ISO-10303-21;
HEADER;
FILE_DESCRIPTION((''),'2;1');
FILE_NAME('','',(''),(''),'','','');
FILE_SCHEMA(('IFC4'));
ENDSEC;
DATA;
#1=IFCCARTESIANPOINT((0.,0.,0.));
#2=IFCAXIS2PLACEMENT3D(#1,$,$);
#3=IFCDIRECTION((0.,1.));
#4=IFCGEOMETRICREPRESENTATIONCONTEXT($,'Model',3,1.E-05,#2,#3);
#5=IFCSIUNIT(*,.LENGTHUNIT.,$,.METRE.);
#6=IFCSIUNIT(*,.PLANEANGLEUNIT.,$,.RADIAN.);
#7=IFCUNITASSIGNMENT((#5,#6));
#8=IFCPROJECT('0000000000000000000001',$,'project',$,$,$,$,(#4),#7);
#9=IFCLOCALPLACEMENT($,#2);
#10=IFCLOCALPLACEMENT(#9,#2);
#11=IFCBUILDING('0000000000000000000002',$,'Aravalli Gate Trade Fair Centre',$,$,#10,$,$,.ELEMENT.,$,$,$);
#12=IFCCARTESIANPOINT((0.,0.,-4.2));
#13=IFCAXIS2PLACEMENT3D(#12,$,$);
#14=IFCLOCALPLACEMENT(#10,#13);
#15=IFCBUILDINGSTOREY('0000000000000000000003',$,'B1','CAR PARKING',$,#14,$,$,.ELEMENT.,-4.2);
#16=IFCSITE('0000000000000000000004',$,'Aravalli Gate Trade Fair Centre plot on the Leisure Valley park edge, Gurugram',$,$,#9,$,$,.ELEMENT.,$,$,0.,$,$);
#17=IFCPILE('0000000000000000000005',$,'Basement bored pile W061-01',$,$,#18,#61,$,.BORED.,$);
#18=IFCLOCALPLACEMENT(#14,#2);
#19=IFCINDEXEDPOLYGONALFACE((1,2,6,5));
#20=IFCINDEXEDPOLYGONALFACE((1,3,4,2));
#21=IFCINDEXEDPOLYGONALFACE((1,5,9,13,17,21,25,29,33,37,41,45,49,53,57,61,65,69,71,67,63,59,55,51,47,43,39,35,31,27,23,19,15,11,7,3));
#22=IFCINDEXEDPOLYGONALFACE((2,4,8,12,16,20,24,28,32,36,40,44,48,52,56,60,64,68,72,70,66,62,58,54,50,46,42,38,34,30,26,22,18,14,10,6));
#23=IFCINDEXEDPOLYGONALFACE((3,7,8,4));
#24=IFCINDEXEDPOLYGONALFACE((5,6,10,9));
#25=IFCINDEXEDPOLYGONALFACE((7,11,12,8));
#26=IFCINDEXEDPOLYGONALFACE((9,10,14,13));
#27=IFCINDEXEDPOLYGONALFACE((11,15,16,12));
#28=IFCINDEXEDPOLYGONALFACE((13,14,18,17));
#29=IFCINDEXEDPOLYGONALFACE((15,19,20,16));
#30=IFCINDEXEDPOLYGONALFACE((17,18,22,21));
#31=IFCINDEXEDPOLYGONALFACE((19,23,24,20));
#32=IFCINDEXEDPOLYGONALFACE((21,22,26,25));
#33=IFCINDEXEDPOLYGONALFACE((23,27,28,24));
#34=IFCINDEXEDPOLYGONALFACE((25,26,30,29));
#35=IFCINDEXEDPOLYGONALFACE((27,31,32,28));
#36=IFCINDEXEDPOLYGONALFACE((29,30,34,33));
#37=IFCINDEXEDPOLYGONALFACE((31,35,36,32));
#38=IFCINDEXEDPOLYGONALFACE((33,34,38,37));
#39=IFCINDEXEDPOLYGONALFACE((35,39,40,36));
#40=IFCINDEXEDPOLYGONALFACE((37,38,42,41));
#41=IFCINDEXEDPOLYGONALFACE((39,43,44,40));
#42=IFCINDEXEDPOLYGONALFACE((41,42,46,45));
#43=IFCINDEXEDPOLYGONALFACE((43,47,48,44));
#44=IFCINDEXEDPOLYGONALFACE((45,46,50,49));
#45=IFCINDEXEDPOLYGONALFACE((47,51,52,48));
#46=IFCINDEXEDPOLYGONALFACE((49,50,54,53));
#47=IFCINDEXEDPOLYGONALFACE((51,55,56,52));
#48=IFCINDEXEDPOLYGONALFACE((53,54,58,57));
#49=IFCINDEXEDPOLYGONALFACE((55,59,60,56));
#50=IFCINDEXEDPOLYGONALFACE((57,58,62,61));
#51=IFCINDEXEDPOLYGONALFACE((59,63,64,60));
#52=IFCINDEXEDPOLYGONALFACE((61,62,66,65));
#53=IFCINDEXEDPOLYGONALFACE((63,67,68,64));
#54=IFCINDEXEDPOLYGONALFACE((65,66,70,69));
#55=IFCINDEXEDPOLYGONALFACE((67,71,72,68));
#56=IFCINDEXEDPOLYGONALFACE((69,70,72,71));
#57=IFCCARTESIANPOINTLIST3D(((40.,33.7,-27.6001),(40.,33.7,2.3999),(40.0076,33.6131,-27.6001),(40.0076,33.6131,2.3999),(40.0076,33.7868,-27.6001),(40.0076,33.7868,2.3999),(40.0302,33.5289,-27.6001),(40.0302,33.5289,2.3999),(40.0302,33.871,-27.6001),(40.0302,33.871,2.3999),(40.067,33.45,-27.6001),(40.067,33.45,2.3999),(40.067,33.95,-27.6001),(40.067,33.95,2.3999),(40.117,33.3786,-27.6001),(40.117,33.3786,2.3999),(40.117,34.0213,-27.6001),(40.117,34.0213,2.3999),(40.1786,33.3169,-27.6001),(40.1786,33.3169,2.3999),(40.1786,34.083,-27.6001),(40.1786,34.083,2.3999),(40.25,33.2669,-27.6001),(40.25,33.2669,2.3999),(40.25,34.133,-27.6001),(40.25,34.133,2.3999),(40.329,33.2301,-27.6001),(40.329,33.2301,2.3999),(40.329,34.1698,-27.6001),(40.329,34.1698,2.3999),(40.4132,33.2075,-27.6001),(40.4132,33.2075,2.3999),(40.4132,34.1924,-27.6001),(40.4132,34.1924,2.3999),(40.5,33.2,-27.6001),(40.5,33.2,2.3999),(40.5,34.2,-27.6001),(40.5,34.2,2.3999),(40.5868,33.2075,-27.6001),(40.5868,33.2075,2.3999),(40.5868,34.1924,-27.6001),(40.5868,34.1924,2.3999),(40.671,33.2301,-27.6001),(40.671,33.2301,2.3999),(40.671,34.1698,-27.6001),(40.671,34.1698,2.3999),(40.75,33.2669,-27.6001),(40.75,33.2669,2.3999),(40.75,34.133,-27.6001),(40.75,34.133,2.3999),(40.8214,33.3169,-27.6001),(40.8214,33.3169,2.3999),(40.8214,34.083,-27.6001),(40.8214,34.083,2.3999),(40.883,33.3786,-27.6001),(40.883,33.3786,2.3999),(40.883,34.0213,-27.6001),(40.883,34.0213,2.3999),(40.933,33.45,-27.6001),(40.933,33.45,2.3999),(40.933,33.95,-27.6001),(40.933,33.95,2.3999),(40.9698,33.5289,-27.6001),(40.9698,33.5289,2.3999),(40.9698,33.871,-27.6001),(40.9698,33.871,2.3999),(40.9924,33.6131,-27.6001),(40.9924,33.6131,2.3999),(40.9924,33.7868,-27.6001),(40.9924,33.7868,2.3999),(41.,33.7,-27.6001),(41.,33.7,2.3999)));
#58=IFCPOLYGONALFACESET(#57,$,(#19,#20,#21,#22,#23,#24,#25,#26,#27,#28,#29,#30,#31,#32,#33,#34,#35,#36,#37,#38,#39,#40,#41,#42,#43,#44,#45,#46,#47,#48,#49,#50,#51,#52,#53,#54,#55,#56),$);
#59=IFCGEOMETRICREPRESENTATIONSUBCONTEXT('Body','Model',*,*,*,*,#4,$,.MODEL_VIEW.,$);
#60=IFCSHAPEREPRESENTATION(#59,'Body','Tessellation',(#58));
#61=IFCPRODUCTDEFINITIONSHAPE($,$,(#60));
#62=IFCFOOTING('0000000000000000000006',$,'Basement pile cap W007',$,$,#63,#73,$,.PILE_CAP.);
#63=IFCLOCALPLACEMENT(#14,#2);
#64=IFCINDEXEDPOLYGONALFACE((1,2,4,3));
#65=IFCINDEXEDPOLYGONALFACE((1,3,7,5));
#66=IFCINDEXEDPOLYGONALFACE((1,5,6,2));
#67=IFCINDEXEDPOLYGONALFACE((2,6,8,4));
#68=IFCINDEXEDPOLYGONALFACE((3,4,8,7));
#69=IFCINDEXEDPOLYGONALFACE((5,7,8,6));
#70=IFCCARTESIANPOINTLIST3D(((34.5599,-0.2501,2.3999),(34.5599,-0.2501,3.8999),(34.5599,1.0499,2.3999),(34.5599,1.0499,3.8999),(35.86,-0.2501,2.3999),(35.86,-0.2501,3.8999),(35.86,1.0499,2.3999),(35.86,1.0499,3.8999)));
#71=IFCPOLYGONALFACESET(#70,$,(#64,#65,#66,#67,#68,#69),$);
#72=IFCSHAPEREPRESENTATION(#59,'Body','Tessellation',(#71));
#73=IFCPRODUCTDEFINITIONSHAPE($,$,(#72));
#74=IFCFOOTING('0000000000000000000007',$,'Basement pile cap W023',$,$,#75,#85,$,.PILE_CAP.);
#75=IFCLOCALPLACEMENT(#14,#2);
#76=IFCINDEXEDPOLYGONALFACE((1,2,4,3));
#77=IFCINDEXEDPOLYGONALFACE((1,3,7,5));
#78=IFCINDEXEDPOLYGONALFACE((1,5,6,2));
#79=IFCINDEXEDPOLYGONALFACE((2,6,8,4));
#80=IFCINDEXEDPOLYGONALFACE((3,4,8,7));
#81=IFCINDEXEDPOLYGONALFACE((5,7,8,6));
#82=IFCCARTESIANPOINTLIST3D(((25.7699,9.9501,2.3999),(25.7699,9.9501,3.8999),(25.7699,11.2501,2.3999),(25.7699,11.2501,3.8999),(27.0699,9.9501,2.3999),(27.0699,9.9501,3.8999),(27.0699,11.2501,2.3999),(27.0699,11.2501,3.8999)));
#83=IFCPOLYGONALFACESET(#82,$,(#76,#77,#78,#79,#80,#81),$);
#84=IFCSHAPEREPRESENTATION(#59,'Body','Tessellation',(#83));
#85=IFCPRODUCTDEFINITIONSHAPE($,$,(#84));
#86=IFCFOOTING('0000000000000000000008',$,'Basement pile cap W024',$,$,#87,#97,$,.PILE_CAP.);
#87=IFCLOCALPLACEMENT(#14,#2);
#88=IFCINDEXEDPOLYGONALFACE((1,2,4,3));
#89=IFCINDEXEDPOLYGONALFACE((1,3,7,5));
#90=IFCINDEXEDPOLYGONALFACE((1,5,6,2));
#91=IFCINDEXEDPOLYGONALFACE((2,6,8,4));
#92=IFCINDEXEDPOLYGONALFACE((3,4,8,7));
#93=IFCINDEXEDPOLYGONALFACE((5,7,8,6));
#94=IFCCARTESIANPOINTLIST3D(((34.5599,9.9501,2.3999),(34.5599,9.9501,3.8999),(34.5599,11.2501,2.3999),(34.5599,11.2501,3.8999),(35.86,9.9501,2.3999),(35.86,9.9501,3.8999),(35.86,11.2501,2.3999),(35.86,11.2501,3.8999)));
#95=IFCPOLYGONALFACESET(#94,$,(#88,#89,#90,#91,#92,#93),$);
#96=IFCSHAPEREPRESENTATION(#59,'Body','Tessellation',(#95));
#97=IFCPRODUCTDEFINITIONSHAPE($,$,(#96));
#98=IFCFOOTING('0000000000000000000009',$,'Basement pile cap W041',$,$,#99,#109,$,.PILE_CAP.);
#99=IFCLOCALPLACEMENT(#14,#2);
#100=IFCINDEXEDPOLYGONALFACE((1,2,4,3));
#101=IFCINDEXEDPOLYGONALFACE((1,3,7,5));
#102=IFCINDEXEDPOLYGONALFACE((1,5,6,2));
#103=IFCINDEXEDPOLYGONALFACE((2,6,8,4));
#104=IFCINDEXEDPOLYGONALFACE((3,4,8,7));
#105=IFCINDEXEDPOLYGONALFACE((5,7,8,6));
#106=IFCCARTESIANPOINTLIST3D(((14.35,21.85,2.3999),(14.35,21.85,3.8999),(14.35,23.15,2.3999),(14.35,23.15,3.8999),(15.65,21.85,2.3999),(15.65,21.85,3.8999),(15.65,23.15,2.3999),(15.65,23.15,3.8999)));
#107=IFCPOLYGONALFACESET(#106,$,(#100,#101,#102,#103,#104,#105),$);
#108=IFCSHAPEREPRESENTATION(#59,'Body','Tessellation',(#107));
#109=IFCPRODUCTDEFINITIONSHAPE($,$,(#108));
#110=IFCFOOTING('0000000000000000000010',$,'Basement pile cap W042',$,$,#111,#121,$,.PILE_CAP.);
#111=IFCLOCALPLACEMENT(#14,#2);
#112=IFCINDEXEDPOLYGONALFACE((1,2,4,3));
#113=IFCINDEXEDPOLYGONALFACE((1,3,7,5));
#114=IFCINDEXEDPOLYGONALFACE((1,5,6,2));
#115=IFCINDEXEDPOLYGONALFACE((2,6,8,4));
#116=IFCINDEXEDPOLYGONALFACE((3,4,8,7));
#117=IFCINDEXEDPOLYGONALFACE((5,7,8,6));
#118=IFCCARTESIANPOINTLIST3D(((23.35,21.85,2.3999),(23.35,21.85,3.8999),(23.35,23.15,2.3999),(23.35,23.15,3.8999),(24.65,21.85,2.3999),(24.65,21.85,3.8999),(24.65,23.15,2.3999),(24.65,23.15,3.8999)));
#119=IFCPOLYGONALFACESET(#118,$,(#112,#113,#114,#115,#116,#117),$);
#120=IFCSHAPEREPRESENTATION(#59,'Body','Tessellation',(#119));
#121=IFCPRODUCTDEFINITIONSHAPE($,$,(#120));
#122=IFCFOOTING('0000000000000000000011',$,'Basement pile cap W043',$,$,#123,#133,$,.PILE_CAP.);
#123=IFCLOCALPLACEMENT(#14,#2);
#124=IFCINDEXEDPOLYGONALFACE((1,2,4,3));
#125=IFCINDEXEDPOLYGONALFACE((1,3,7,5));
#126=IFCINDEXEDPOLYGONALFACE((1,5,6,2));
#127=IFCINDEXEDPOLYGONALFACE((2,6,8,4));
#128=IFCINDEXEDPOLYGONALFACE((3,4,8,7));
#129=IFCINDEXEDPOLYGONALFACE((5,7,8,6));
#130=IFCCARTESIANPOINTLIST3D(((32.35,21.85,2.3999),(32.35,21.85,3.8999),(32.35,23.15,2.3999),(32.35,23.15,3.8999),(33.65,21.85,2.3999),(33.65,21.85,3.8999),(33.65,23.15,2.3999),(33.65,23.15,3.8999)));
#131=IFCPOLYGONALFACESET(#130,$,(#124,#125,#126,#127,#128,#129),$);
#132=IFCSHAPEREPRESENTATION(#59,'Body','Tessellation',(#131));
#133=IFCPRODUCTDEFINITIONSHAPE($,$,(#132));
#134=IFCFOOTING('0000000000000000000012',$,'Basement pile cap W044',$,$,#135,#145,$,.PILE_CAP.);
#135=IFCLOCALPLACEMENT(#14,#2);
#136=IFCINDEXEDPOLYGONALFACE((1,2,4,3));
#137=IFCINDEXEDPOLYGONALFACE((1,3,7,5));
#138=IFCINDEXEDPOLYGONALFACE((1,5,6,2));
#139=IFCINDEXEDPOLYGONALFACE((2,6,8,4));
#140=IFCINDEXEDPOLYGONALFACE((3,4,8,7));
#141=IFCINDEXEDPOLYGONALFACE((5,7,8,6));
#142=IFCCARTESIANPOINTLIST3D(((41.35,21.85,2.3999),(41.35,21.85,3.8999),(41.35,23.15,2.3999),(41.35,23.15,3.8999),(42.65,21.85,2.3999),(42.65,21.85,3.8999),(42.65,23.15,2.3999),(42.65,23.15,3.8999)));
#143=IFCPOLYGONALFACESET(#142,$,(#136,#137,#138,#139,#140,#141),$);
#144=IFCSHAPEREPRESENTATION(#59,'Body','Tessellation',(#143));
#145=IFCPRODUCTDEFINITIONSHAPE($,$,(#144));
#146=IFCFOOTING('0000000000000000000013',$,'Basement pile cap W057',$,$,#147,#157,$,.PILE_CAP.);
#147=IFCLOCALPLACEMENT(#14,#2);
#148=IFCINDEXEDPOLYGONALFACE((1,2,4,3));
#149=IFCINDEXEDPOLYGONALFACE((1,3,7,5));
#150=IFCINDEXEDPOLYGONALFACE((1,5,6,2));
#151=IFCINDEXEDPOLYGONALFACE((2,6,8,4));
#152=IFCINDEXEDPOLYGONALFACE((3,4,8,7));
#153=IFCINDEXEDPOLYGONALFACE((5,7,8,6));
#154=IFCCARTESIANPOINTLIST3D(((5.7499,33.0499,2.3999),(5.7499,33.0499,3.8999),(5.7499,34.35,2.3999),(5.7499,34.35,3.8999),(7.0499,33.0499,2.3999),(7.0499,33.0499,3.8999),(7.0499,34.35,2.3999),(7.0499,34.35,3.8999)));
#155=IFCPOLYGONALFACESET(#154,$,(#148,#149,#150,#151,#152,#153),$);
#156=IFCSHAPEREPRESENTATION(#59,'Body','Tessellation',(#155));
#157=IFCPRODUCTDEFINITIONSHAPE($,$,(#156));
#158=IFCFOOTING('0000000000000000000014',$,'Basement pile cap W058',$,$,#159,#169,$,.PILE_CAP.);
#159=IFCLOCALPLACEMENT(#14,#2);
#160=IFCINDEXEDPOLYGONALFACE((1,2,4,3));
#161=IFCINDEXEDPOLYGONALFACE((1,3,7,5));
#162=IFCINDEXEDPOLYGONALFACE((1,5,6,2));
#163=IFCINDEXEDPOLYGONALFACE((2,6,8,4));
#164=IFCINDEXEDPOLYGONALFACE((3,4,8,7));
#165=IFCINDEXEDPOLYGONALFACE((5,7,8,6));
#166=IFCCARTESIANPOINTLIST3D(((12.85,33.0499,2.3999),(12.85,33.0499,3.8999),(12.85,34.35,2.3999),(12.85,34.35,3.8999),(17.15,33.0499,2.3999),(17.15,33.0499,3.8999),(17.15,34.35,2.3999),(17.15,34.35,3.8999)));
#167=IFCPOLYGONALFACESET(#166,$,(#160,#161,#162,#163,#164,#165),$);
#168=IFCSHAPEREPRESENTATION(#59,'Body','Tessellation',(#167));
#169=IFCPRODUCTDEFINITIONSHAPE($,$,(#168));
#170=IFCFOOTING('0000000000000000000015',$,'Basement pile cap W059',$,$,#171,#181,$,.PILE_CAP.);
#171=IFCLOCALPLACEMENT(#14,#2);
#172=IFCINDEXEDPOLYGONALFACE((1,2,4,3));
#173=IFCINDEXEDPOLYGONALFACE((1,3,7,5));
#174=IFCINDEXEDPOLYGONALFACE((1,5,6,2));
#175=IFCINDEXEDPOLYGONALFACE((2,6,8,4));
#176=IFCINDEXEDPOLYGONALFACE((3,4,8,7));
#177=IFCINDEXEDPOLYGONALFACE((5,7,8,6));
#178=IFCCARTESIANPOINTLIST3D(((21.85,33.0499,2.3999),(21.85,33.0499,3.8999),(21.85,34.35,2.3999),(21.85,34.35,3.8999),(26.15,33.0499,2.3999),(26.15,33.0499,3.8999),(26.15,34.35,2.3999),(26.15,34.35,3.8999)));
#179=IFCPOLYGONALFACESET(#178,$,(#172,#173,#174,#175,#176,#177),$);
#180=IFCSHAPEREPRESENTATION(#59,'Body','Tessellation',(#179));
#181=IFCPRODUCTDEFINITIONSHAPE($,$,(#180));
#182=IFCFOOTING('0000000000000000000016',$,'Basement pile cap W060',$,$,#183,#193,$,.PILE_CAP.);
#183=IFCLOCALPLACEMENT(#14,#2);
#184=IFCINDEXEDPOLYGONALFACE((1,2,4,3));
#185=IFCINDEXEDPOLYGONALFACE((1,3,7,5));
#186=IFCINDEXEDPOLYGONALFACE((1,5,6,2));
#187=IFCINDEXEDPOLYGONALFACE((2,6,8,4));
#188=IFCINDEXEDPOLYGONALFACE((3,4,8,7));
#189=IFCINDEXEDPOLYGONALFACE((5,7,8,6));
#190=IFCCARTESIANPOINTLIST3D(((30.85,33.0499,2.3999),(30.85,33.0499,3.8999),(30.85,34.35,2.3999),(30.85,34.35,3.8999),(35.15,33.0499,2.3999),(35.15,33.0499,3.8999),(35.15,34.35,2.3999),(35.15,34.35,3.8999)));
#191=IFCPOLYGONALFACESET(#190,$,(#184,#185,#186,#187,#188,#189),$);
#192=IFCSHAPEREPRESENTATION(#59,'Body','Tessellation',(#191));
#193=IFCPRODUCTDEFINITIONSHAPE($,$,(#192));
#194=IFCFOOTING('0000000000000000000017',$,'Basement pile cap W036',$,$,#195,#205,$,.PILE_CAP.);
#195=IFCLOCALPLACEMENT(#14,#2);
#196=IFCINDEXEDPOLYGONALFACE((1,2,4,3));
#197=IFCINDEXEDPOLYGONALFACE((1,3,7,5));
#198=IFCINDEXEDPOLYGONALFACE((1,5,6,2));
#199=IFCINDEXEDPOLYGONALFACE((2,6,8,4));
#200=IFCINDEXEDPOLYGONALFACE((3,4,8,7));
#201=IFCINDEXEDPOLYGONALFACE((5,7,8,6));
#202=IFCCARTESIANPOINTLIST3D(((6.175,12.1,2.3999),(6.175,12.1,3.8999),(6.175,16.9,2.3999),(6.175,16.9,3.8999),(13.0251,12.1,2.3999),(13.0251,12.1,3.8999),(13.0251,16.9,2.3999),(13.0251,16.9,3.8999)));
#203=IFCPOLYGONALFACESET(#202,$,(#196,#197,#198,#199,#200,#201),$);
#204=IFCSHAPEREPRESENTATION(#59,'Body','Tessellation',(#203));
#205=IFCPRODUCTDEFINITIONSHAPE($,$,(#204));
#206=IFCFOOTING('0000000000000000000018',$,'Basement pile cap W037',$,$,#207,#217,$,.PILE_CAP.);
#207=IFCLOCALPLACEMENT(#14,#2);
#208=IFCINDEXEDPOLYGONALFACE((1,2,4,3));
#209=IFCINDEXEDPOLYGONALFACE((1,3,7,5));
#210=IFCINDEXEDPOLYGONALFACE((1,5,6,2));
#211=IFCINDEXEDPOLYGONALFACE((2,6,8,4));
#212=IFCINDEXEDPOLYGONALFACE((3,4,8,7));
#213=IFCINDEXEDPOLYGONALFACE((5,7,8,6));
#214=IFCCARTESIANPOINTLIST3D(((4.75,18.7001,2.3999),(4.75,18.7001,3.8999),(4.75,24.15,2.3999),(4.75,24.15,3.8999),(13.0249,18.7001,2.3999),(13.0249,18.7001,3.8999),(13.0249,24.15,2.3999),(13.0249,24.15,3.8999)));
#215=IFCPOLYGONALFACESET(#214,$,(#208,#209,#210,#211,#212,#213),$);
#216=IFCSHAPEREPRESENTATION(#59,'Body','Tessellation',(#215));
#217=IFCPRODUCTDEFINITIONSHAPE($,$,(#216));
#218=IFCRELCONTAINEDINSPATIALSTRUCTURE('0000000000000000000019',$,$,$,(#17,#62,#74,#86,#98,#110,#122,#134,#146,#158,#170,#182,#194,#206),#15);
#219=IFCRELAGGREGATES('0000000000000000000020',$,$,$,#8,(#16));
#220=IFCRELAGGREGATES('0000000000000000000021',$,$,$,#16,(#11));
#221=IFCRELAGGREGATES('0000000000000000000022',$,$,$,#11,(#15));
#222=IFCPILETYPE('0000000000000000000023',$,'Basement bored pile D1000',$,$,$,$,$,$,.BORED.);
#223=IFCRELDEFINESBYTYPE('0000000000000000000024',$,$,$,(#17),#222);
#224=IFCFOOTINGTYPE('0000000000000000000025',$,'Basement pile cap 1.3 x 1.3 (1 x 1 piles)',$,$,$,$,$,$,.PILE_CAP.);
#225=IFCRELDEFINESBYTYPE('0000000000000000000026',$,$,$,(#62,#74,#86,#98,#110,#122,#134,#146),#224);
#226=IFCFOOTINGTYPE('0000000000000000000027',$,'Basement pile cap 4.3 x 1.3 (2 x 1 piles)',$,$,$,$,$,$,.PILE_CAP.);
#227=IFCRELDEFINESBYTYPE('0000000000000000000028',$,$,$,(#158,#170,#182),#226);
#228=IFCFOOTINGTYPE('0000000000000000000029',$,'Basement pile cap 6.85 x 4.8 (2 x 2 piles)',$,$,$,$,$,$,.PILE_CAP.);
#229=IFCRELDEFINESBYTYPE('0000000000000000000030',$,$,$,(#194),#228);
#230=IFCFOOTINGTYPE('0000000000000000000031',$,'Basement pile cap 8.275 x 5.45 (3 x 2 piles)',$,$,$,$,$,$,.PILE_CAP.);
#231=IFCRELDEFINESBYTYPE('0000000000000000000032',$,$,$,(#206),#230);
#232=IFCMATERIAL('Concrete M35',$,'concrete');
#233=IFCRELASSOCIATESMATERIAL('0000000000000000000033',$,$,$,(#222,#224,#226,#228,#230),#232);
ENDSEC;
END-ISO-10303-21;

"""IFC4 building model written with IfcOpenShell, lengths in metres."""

from ifc_helpers import new_model, si_unit, direction, frame, origin, origin_2d, place, context, subcontext, project, spatial, rectangle, circle, extrude, material, material_profile, profile_set, type_object, element, save


model = new_model("IFC4")

# Units and contexts
model_context = context("Model", 3, precision=1e-05, world=origin(), true_north=direction((0.0, 1.0)))
body_context = subcontext(model_context, "Body", "Model", "MODEL_VIEW")
ifc_project = project(units=[si_unit("LENGTHUNIT", "METRE"), si_unit("PLANEANGLEUNIT", "RADIAN")], contexts=[model_context])

# Site, building, storey
site_placement = place(None, origin())
site = spatial("IfcSite", under=ifc_project, at=site_placement, Name="Aravalli Gate Trade Fair Centre plot on the Leisure Valley park edge, Gurugram", CompositionType="ELEMENT", RefElevation=0.0)
building_placement = place(site_placement, origin())
building = spatial("IfcBuilding", under=site, at=building_placement, Name="Aravalli Gate Trade Fair Centre", CompositionType="ELEMENT")
storey_placement = place(building_placement, frame((0.0, 0.0, -4.2)))
storey = spatial("IfcBuildingStorey", under=building, at=storey_placement, Name="B1", Description="CAR PARKING", CompositionType="ELEMENT", Elevation=-4.2)

# Pile
ifc_material = material(Name="Concrete M35", Category="concrete")
ifc_material_profile = material_profile(ifc_material, circle(Radius=0.5, at=origin_2d()), Name="D1000")
ifc_profile_set = profile_set([ifc_material_profile], Name="Concrete M35")
pile_type = type_object("IfcPileType", Name="Basement bored pile D1000", PredefinedType="BORED", material=ifc_profile_set)
for number, where, z_axis, x_axis, name in (
    (1, (40.5, 33.7, 2.3999), (0.0, 0.0, -1.0), (1.0, 0.0, 0.0), "Basement bored pile W061-01"),
):
    element("IfcPile", number, at=place(storey_placement, frame(where, z_axis=z_axis, x_axis=x_axis)), inside=storey, type_object=pile_type, Name=name, PredefinedType="BORED", context=body_context, shape_type="SweptSolid", body=[
        extrude(circle(Radius=0.5, at=origin_2d()), origin(), (0.0, 0.0, 1.0), 30.0),
    ])

# Footings
footing_type_1 = type_object("IfcFootingType", Name="Basement pile cap 1.3 x 1.3 (1 x 1 piles)", PredefinedType="PILE_CAP", material=ifc_material)
for number, where, z_axis, x_axis, name in (
    (2, (35.21, 0.3999, 2.3999), (0.0, 0.0, 1.0), (1.0, 0.0, 0.0), "Basement pile cap W007"),
    (3, (26.4199, 10.6001, 2.3999), (0.0, 0.0, 1.0), (1.0, 0.0, 0.0), "Basement pile cap W023"),
    (4, (35.21, 10.6001, 2.3999), (0.0, 0.0, 1.0), (1.0, 0.0, 0.0), "Basement pile cap W024"),
    (5, (15.0, 22.5, 2.3999), (0.0, 0.0, 1.0), (1.0, 0.0, 0.0), "Basement pile cap W041"),
    (6, (24.0, 22.5, 2.3999), (0.0, 0.0, 1.0), (1.0, 0.0, 0.0), "Basement pile cap W042"),
    (7, (33.0, 22.5, 2.3999), (0.0, 0.0, 1.0), (1.0, 0.0, 0.0), "Basement pile cap W043"),
    (8, (42.0, 22.5, 2.3999), (0.0, 0.0, 1.0), (1.0, 0.0, 0.0), "Basement pile cap W044"),
    (9, (6.3999, 33.7, 2.3999), (0.0, 0.0, 1.0), (1.0, 0.0, 0.0), "Basement pile cap W057"),
):
    element("IfcFooting", number, at=place(storey_placement, frame(where, z_axis=z_axis, x_axis=x_axis)), inside=storey, type_object=footing_type_1, Name=name, PredefinedType="PILE_CAP", context=body_context, shape_type="SweptSolid", body=[
        extrude(rectangle(XDim=1.3, YDim=1.3, at=origin_2d()), origin(), (0.0, 0.0, 1.0), 1.5),
    ])
footing_type_2 = type_object("IfcFootingType", Name="Basement pile cap 4.3 x 1.3 (2 x 1 piles)", PredefinedType="PILE_CAP", material=ifc_material)
for number, where, z_axis, x_axis, name in (
    (10, (15.0, 33.7, 2.3999), (0.0, 0.0, 1.0), (1.0, 0.0, 0.0), "Basement pile cap W058"),
    (11, (24.0, 33.7, 2.3999), (0.0, 0.0, 1.0), (1.0, 0.0, 0.0), "Basement pile cap W059"),
    (12, (33.0, 33.7, 2.3999), (0.0, 0.0, 1.0), (1.0, 0.0, 0.0), "Basement pile cap W060"),
):
    element("IfcFooting", number, at=place(storey_placement, frame(where, z_axis=z_axis, x_axis=x_axis)), inside=storey, type_object=footing_type_2, Name=name, PredefinedType="PILE_CAP", context=body_context, shape_type="SweptSolid", body=[
        extrude(rectangle(XDim=4.3, YDim=1.3, at=origin_2d()), origin(), (0.0, 0.0, 1.0), 1.5),
    ])
footing_type_3 = type_object("IfcFootingType", Name="Basement pile cap 6.85 x 4.8 (2 x 2 piles)", PredefinedType="PILE_CAP", material=ifc_material)
footing_1_placement = place(storey_placement, frame((9.6001, 14.5, 2.3999), z_axis=(0.0, 0.0, 1.0), x_axis=(1.0, 0.0, 0.0)))
element("IfcFooting", 13, at=footing_1_placement, inside=storey, type_object=footing_type_3, Name="Basement pile cap W036", PredefinedType="PILE_CAP", context=body_context, shape_type="SweptSolid", body=[
    extrude(rectangle(XDim=6.8501, YDim=4.8, at=origin_2d()), origin(), (0.0, 0.0, 1.0), 1.5),
])
footing_type_4 = type_object("IfcFootingType", Name="Basement pile cap 8.275 x 5.45 (3 x 2 piles)", PredefinedType="PILE_CAP", material=ifc_material)
footing_2_placement = place(storey_placement, frame((8.8875, 21.425, 2.3999), z_axis=(0.0, 0.0, 1.0), x_axis=(1.0, 0.0, 0.0)))
element("IfcFooting", 14, at=footing_2_placement, inside=storey, type_object=footing_type_4, Name="Basement pile cap W037", PredefinedType="PILE_CAP", context=body_context, shape_type="SweptSolid", body=[
    extrude(rectangle(XDim=8.2749, YDim=5.45, at=origin_2d()), origin(), (0.0, 0.0, 1.0), 1.5),
])

save(model, "model.ifc")
